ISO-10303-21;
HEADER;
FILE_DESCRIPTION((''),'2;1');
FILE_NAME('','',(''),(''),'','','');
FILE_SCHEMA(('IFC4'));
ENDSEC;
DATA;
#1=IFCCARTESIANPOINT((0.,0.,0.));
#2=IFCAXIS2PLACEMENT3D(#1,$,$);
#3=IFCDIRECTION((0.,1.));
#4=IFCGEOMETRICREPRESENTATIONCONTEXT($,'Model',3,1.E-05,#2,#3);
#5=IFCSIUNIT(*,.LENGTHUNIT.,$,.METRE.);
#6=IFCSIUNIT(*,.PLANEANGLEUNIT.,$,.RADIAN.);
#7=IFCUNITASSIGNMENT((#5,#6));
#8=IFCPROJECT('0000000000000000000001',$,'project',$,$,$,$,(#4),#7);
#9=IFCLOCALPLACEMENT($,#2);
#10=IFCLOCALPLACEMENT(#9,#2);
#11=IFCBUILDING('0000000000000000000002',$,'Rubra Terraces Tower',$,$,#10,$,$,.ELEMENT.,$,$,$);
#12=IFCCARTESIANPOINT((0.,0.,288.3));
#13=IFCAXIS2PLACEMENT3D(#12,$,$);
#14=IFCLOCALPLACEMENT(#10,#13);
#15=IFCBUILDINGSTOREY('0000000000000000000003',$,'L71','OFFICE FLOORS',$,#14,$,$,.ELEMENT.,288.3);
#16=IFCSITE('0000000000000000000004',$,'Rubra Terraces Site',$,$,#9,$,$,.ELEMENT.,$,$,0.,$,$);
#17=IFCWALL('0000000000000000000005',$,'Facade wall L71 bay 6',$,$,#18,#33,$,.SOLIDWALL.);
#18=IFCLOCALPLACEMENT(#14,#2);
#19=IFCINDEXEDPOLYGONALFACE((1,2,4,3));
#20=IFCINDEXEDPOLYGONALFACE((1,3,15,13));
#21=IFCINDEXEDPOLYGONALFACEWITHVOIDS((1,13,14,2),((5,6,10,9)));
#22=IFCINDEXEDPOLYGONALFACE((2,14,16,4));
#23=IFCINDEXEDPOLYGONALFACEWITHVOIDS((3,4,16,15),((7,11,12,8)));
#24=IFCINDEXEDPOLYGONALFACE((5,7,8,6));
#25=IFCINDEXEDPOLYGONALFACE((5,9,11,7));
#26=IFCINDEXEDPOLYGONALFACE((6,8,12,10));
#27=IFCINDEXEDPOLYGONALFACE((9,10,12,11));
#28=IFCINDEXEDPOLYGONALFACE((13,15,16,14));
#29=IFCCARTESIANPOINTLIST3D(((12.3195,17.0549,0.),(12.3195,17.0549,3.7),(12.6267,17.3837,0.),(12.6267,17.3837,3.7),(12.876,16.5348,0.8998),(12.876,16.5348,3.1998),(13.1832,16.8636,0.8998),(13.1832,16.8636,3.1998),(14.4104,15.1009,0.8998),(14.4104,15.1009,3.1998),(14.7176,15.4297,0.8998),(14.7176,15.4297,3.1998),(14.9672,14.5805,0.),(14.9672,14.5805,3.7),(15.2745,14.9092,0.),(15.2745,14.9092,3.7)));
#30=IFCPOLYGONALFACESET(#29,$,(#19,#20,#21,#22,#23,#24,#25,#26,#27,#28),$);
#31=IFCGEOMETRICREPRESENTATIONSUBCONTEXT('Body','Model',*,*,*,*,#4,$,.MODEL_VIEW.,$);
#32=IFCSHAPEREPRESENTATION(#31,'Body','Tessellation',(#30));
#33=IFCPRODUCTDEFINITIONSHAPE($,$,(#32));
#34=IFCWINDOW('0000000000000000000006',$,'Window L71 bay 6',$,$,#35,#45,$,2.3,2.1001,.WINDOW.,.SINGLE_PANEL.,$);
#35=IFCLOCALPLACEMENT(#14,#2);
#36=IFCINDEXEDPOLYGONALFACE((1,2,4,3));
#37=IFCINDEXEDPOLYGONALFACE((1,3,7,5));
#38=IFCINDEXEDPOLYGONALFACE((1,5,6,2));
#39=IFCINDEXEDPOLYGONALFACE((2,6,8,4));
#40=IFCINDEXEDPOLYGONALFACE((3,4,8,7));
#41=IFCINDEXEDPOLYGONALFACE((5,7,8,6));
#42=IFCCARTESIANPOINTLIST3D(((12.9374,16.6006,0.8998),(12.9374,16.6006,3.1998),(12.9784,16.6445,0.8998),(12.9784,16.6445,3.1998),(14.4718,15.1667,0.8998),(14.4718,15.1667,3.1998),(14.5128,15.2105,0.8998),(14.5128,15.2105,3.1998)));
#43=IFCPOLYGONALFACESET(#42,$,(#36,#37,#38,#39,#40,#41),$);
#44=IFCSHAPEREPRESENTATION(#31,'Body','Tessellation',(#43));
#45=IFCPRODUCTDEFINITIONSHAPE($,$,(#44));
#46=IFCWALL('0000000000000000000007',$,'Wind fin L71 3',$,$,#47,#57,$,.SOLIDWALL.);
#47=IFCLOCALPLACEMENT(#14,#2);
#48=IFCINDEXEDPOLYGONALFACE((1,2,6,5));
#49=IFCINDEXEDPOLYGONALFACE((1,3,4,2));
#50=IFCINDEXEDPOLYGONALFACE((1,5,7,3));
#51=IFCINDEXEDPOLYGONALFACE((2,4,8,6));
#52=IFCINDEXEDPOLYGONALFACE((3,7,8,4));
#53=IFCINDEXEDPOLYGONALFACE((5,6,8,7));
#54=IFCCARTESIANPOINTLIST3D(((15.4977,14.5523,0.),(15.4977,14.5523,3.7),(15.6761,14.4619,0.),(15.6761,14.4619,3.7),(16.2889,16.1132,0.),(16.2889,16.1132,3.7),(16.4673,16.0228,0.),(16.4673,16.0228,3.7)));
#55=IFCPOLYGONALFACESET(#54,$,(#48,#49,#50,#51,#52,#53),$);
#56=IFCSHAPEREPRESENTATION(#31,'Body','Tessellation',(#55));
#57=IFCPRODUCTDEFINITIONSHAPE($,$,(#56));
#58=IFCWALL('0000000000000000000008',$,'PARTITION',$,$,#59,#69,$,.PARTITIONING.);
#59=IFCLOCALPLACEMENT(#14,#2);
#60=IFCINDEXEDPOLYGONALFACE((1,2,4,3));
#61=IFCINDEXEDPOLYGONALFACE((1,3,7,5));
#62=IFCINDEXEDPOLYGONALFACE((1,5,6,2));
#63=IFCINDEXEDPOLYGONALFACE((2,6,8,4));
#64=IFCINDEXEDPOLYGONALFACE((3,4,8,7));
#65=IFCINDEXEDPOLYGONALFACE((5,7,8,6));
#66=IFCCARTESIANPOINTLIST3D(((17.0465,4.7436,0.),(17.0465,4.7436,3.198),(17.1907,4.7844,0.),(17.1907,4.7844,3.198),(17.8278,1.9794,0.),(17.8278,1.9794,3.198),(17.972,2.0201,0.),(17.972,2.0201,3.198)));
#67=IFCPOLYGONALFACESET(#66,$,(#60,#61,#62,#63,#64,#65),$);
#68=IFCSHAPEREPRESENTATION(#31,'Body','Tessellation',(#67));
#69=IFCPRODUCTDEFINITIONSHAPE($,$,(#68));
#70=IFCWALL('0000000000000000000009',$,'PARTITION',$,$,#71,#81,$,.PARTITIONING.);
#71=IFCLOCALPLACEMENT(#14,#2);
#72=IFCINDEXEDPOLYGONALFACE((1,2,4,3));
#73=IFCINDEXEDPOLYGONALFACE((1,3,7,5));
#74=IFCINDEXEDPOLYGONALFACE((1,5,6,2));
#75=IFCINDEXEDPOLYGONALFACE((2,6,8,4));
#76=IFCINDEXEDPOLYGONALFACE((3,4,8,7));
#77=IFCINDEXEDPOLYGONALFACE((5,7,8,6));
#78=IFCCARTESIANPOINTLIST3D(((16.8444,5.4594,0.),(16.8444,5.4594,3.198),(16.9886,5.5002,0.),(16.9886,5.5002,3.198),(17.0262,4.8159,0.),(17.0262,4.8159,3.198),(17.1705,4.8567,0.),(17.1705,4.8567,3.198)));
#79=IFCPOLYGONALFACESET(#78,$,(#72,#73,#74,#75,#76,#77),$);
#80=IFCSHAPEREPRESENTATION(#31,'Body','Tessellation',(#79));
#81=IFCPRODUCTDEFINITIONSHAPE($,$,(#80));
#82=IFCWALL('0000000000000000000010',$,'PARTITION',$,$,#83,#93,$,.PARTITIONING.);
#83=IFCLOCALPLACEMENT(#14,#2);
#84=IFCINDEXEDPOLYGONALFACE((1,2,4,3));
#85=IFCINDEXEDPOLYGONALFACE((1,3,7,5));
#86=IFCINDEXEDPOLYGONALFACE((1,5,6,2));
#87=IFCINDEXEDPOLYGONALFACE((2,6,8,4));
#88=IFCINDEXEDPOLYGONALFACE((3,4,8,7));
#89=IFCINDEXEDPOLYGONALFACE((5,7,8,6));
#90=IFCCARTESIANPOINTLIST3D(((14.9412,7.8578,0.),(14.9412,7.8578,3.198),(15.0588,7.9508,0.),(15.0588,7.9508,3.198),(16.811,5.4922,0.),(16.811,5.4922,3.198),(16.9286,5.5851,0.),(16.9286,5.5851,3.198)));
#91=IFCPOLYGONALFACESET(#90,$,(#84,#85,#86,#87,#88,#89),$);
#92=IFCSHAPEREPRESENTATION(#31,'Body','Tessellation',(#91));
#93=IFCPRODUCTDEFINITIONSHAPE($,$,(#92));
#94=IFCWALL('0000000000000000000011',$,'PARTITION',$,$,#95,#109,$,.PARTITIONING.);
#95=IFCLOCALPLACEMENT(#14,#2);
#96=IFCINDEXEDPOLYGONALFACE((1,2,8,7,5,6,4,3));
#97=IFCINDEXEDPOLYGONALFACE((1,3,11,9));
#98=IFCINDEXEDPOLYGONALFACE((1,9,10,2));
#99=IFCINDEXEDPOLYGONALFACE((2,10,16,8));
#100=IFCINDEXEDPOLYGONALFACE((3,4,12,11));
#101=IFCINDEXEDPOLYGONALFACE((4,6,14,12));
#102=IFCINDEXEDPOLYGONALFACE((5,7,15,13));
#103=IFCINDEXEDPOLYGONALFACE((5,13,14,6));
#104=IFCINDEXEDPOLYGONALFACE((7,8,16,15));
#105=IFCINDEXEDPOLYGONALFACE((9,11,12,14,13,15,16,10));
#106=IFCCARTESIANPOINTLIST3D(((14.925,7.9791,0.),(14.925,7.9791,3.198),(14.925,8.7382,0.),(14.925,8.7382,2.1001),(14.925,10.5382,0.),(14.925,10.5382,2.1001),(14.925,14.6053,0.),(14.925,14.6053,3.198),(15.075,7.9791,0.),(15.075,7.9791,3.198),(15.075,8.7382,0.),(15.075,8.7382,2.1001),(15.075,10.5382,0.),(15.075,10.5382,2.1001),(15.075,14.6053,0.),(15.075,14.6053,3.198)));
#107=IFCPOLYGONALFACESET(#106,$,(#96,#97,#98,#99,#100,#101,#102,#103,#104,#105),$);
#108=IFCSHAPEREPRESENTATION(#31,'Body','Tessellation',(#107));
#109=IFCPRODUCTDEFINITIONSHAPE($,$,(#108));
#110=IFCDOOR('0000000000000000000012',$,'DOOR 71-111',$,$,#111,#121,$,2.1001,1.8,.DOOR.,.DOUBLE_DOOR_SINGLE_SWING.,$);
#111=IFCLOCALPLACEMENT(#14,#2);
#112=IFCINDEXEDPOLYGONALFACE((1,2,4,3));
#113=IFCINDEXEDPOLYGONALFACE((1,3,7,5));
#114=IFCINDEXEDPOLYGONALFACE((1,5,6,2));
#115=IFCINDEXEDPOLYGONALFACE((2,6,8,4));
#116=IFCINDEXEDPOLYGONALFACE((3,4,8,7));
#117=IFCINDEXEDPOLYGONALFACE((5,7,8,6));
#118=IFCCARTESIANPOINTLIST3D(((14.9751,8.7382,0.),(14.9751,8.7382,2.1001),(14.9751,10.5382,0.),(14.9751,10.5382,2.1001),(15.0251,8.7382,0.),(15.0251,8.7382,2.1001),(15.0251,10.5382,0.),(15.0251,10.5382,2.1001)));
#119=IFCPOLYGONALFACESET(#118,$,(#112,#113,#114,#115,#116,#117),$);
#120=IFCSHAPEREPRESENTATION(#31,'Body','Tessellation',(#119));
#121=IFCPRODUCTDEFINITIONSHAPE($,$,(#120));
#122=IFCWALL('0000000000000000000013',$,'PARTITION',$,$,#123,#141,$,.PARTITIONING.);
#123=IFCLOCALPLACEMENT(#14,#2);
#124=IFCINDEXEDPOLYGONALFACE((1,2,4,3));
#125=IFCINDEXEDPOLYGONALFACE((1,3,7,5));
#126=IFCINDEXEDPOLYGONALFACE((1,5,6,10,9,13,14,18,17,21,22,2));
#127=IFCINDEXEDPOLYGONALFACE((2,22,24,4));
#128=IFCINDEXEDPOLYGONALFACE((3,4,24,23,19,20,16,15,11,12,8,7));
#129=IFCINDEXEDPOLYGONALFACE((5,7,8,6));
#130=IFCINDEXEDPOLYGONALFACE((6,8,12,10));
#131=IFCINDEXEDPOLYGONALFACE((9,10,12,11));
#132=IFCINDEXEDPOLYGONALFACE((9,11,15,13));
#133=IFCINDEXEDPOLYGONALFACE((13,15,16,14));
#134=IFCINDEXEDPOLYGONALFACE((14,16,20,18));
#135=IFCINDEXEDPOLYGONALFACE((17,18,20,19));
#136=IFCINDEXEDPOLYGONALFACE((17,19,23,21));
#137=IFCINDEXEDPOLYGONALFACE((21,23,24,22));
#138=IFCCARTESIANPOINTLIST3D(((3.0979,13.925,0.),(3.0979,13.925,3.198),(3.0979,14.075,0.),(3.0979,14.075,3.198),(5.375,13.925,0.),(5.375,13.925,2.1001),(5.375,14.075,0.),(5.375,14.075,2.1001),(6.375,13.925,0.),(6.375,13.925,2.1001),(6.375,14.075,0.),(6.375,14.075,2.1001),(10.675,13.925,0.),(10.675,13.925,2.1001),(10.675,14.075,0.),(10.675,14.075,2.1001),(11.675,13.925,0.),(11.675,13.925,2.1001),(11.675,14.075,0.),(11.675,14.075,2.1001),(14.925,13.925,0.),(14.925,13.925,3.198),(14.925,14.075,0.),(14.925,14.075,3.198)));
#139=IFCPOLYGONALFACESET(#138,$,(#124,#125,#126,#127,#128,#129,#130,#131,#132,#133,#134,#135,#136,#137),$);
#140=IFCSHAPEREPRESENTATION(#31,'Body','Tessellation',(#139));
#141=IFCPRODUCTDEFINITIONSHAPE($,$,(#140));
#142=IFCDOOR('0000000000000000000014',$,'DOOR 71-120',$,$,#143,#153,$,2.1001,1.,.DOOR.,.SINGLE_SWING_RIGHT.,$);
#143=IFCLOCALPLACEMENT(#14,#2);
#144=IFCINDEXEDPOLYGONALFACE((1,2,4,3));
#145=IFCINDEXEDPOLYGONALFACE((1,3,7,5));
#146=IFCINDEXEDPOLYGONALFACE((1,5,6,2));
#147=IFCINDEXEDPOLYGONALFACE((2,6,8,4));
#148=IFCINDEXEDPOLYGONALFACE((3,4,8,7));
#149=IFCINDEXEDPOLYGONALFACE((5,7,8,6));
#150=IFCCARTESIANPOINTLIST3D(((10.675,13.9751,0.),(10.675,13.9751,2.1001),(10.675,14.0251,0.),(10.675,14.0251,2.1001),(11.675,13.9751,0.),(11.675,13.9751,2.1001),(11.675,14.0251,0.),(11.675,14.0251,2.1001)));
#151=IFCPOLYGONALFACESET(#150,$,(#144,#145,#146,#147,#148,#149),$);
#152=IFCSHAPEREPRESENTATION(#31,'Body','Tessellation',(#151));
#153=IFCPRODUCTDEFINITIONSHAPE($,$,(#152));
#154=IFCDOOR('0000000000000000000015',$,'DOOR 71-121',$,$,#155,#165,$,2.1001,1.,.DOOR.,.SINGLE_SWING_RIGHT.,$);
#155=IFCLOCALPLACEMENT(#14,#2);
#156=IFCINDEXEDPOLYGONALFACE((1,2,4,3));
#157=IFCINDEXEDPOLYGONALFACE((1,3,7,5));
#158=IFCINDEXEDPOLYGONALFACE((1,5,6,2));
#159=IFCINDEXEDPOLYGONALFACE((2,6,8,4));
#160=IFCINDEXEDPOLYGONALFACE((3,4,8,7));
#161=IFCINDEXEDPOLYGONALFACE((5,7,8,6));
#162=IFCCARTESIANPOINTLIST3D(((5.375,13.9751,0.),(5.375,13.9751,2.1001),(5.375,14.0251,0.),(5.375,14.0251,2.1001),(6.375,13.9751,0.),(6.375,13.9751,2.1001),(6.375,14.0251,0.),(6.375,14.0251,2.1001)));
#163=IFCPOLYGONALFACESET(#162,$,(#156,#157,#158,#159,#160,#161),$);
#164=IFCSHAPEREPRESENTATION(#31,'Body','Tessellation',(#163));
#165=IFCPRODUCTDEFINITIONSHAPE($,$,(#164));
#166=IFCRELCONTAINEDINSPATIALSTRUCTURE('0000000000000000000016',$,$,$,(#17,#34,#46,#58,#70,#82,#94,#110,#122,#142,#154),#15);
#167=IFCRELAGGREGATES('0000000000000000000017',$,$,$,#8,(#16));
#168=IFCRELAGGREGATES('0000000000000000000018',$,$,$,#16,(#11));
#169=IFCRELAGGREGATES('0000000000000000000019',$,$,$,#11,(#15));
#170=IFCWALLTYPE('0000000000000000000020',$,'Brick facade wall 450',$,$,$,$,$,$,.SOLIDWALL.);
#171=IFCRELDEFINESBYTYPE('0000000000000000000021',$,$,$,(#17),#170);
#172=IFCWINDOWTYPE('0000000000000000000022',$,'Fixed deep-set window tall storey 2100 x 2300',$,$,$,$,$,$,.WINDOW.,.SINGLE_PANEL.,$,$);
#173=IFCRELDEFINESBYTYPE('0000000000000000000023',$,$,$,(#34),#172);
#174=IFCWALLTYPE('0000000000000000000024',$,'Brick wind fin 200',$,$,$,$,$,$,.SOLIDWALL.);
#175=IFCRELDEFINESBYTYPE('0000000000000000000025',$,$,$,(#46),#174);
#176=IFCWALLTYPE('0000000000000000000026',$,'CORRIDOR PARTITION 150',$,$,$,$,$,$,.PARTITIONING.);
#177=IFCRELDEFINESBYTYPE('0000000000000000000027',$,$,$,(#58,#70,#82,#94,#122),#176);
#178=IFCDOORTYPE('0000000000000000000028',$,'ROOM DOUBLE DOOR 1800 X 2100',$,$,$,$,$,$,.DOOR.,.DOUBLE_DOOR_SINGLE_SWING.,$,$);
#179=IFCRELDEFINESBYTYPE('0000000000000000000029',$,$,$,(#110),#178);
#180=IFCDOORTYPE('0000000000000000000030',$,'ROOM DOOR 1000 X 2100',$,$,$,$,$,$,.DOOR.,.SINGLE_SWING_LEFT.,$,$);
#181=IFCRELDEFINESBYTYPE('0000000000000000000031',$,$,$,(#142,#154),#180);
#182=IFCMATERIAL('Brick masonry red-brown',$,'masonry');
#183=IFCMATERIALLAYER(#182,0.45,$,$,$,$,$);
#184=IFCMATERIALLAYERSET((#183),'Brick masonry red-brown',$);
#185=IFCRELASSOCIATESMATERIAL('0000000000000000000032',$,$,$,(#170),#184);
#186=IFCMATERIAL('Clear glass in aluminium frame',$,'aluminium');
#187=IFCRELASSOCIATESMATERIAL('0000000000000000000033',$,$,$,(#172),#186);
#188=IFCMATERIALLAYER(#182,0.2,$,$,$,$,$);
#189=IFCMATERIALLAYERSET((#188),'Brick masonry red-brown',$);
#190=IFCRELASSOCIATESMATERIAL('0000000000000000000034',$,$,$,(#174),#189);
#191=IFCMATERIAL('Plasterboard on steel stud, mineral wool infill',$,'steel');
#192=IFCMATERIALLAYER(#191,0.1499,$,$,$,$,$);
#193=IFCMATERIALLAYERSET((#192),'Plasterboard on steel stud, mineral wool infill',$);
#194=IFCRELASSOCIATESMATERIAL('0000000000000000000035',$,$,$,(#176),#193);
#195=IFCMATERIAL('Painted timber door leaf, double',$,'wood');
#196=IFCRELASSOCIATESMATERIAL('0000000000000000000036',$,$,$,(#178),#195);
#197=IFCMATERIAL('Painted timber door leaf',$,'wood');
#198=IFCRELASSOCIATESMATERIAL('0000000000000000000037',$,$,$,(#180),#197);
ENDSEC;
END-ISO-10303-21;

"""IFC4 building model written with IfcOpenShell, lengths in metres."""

from ifc_helpers import new_model, si_unit, direction, frame, frame_2d, origin, place, context, subcontext, project, spatial, rectangle, extrude, material, layer, layer_set, type_object, element, fill, save


model = new_model("IFC4")

# Units and contexts
model_context = context("Model", 3, precision=1e-05, world=origin(), true_north=direction((0.0, 1.0)))
body_context = subcontext(model_context, "Body", "Model", "MODEL_VIEW")
ifc_project = project(units=[si_unit("LENGTHUNIT", "METRE"), si_unit("PLANEANGLEUNIT", "RADIAN")], contexts=[model_context])

# Site, building, storey
site_placement = place(None, origin())
site = spatial("IfcSite", under=ifc_project, at=site_placement, Name="Rubra Terraces Site", CompositionType="ELEMENT", RefElevation=0.0)
building_placement = place(site_placement, origin())
building = spatial("IfcBuilding", under=site, at=building_placement, Name="Rubra Terraces Tower", CompositionType="ELEMENT")
storey_placement = place(building_placement, frame((0.0, 0.0, 288.3)))
storey = spatial("IfcBuildingStorey", under=building, at=storey_placement, Name="L71", Description="OFFICE FLOORS", CompositionType="ELEMENT", Elevation=288.3)

# Wall, opening, window
ifc_material_1 = material(Name="Brick masonry red-brown", Category="masonry")
ifc_layer_1 = layer(ifc_material_1, 0.45)
ifc_layer_set_1 = layer_set([ifc_layer_1], Name="Brick masonry red-brown")
wall_type_1 = type_object("IfcWallType", Name="Brick facade wall 450", PredefinedType="SOLIDWALL", material=ifc_layer_set_1)
wall_1_placement = place(storey_placement, frame((15.1208, 14.7449, 0.0), z_axis=(0.0, 0.0, 1.0), x_axis=(-0.730618, 0.682786, 0.0)))
wall_1 = element("IfcWall", 1, at=wall_1_placement, inside=storey, type_object=wall_type_1, Name="Facade wall L71 bay 6", PredefinedType="SOLIDWALL", context=body_context, shape_type="SweptSolid", body=[
    extrude(rectangle(XDim=3.624, YDim=0.45, at=frame_2d((1.812, 0.0))), origin(), (0.0, 0.0, 1.0), 3.7),
])
opening_1_placement = place(wall_1_placement, frame((0.7622, 0.0, 0.8999)))
opening_1 = element("IfcOpeningElement", 2, at=opening_1_placement, cuts=wall_1, PredefinedType="OPENING", context=body_context, shape_type="SweptSolid", body=[
    extrude(rectangle(XDim=2.1001, YDim=2.3, at=frame_2d((1.05, 1.1499))), frame((0.0, 0.2349, 0.0), z_axis=(0.0, -1.0, 0.0), x_axis=(1.0, 0.0, 0.0)), (0.0, 0.0, 1.0), 0.47),
])
ifc_material_2 = material(Name="Clear glass in aluminium frame", Category="aluminium")
window_type = type_object("IfcWindowType", Name="Fixed deep-set window tall storey 2100 x 2300", PartitioningType="SINGLE_PANEL", PredefinedType="WINDOW", material=ifc_material_2)
window_placement = place(opening_1_placement, origin())
window = element("IfcWindow", 3, at=window_placement, inside=storey, type_object=window_type, Name="Window L71 bay 6", OverallHeight=2.3, OverallWidth=2.1001, PartitioningType="SINGLE_PANEL", PredefinedType="WINDOW", context=body_context, shape_type="SweptSolid", body=[
    extrude(rectangle(XDim=2.1001, YDim=2.3, at=frame_2d((1.05, 1.1499))), frame((0.0, 0.135, 0.0), z_axis=(0.0, -1.0, 0.0), x_axis=(1.0, 0.0, 0.0)), (0.0, 0.0, 1.0), 0.0601),
])
fill(opening_1, window)

# Walls
ifc_layer_2 = layer(ifc_material_1, 0.2)
ifc_layer_set_2 = layer_set([ifc_layer_2], Name="Brick masonry red-brown")
wall_type_2 = type_object("IfcWallType", Name="Brick wind fin 200", PredefinedType="SOLIDWALL", material=ifc_layer_set_2)
wall_2_placement = place(storey_placement, frame((15.5869, 14.5071, 0.0), z_axis=(0.0, 0.0, 1.0), x_axis=(0.452117, 0.891959, 0.0)))
element("IfcWall", 4, at=wall_2_placement, inside=storey, type_object=wall_type_2, Name="Wind fin L71 3", PredefinedType="SOLIDWALL", context=body_context, shape_type="SweptSolid", body=[
    extrude(rectangle(XDim=1.75, YDim=0.2, at=frame_2d((0.875, 0.0))), origin(), (0.0, 0.0, 1.0), 3.7),
])
ifc_material_3 = material(Name="Plasterboard on steel stud, mineral wool infill", Category="steel")
ifc_layer_3 = layer(ifc_material_3, 0.1499)
ifc_layer_set_3 = layer_set([ifc_layer_3], Name="Plasterboard on steel stud, mineral wool infill")
wall_type_3 = type_object("IfcWallType", Name="CORRIDOR PARTITION 150", PredefinedType="PARTITIONING", material=ifc_layer_set_3)
wall_3_placement = place(storey_placement, frame((17.8999, 1.9998, 0.0), z_axis=(0.0, 0.0, 1.0), x_axis=(-0.271981, 0.962303, 0.0)))
element("IfcWall", 5, at=wall_3_placement, inside=storey, type_object=wall_type_3, Name="PARTITION", PredefinedType="PARTITIONING", context=body_context, shape_type="SweptSolid", body=[
    extrude(rectangle(XDim=2.8726, YDim=0.1499, at=frame_2d((1.4363, 0.0))), origin(), (0.0, 0.0, 1.0), 3.198),
])
wall_4_placement = place(storey_placement, frame((17.0984, 4.8362, 0.0), z_axis=(0.0, 0.0, 1.0), x_axis=(-0.271972, 0.962305, 0.0)))
element("IfcWall", 6, at=wall_4_placement, inside=storey, type_object=wall_type_3, Name="PARTITION", PredefinedType="PARTITIONING", context=body_context, shape_type="SweptSolid", body=[
    extrude(rectangle(XDim=0.6687, YDim=0.1499, at=frame_2d((0.3345, 0.0))), origin(), (0.0, 0.0, 1.0), 3.198),
])
wall_5_placement = place(storey_placement, frame((16.8699, 5.5386, 0.0), z_axis=(0.0, 0.0, 1.0), x_axis=(-0.620093, 0.784528, 0.0)))
element("IfcWall", 7, at=wall_5_placement, inside=storey, type_object=wall_type_3, Name="PARTITION", PredefinedType="PARTITIONING", context=body_context, shape_type="SweptSolid", body=[
    extrude(rectangle(XDim=3.0154, YDim=0.1499, at=frame_2d((1.5078, 0.0))), origin(), (0.0, 0.0, 1.0), 3.198),
])

# Wall, opening, door
wall_6_placement = place(storey_placement, frame((15.0, 7.9792, 0.0), z_axis=(0.0, 0.0, 1.0), x_axis=(0.0, 1.0, 0.0)))
wall_6 = element("IfcWall", 8, at=wall_6_placement, inside=storey, type_object=wall_type_3, Name="PARTITION", PredefinedType="PARTITIONING", context=body_context, shape_type="SweptSolid", body=[
    extrude(rectangle(XDim=6.6262, YDim=0.1499, at=frame_2d((3.313, 0.0))), origin(), (0.0, 0.0, 1.0), 3.198),
])
opening_2_placement = place(wall_6_placement, frame((0.759, 0.0, 0.0)))
opening_2 = element("IfcOpeningElement", 9, at=opening_2_placement, cuts=wall_6, PredefinedType="OPENING", context=body_context, shape_type="SweptSolid", body=[
    extrude(rectangle(XDim=1.8, YDim=2.1001, at=frame_2d((0.8999, 1.05))), frame((0.0, 0.085, 0.0), z_axis=(0.0, -1.0, 0.0), x_axis=(1.0, 0.0, 0.0)), (0.0, 0.0, 1.0), 0.1699),
])
ifc_material_4 = material(Name="Painted timber door leaf, double", Category="wood")
door_type_1 = type_object("IfcDoorType", Name="ROOM DOUBLE DOOR 1800 X 2100", OperationType="DOUBLE_DOOR_SINGLE_SWING", PredefinedType="DOOR", material=ifc_material_4)
door_1_placement = place(opening_2_placement, origin())
door_1 = element("IfcDoor", 10, at=door_1_placement, inside=storey, type_object=door_type_1, Name="DOOR 71-111", OperationType="DOUBLE_DOOR_SINGLE_SWING", OverallHeight=2.1001, OverallWidth=1.8, PredefinedType="DOOR", context=body_context, shape_type="SweptSolid", body=[
    extrude(rectangle(XDim=1.8, YDim=2.1001, at=frame_2d((0.8999, 1.05))), frame((0.0, 0.0249, 0.0), z_axis=(0.0, -1.0, 0.0), x_axis=(1.0, 0.0, 0.0)), (0.0, 0.0, 1.0), 0.05),
])
fill(opening_2, door_1)

# Wall, openings, doors
wall_7_placement = place(storey_placement, frame((14.925, 14.0, 0.0), z_axis=(0.0, 0.0, 1.0), x_axis=(-1.0, 0.0, 0.0)))
wall_7 = element("IfcWall", 11, at=wall_7_placement, inside=storey, type_object=wall_type_3, Name="PARTITION", PredefinedType="PARTITIONING", context=body_context, shape_type="SweptSolid", body=[
    extrude(rectangle(XDim=11.8271, YDim=0.1499, at=frame_2d((5.9136, 0.0))), origin(), (0.0, 0.0, 1.0), 3.198),
])
opening_3_placement = place(wall_7_placement, frame((3.25, 0.0, 0.0)))
opening_3 = element("IfcOpeningElement", 12, at=opening_3_placement, cuts=wall_7, PredefinedType="OPENING", context=body_context, shape_type="SweptSolid", body=[
    extrude(rectangle(XDim=1.0, YDim=2.1001, at=frame_2d((0.5, 1.05))), frame((0.0, 0.085, 0.0), z_axis=(0.0, -1.0, 0.0), x_axis=(1.0, 0.0, 0.0)), (0.0, 0.0, 1.0), 0.1699),
])
opening_4_placement = place(wall_7_placement, frame((8.55, 0.0, 0.0)))
opening_4 = element("IfcOpeningElement", 13, at=opening_4_placement, cuts=wall_7, PredefinedType="OPENING", context=body_context, shape_type="SweptSolid", body=[
    extrude(rectangle(XDim=1.0, YDim=2.1001, at=frame_2d((0.5, 1.05))), frame((0.0, 0.085, 0.0), z_axis=(0.0, -1.0, 0.0), x_axis=(1.0, 0.0, 0.0)), (0.0, 0.0, 1.0), 0.1699),
])
ifc_material_5 = material(Name="Painted timber door leaf", Category="wood")
door_type_2 = type_object("IfcDoorType", Name="ROOM DOOR 1000 X 2100", OperationType="SINGLE_SWING_LEFT", PredefinedType="DOOR", material=ifc_material_5)
door_2_placement = place(opening_3_placement, origin())
door_2 = element("IfcDoor", 14, at=door_2_placement, inside=storey, type_object=door_type_2, Name="DOOR 71-120", OperationType="SINGLE_SWING_RIGHT", OverallHeight=2.1001, OverallWidth=1.0, PredefinedType="DOOR", context=body_context, shape_type="SweptSolid", body=[
    extrude(rectangle(XDim=1.0, YDim=2.1001, at=frame_2d((0.5, 1.05))), frame((0.0, 0.0249, 0.0), z_axis=(0.0, -1.0, 0.0), x_axis=(1.0, 0.0, 0.0)), (0.0, 0.0, 1.0), 0.05),
])
fill(opening_3, door_2)
door_3_placement = place(opening_4_placement, origin())
door_3 = element("IfcDoor", 15, at=door_3_placement, inside=storey, type_object=door_type_2, Name="DOOR 71-121", OperationType="SINGLE_SWING_RIGHT", OverallHeight=2.1001, OverallWidth=1.0, PredefinedType="DOOR", context=body_context, shape_type="SweptSolid", body=[
    extrude(rectangle(XDim=1.0, YDim=2.1001, at=frame_2d((0.5, 1.05))), frame((0.0, 0.0249, 0.0), z_axis=(0.0, -1.0, 0.0), x_axis=(1.0, 0.0, 0.0)), (0.0, 0.0, 1.0), 0.05),
])
fill(opening_4, door_3)

save(model, "model.ifc")
